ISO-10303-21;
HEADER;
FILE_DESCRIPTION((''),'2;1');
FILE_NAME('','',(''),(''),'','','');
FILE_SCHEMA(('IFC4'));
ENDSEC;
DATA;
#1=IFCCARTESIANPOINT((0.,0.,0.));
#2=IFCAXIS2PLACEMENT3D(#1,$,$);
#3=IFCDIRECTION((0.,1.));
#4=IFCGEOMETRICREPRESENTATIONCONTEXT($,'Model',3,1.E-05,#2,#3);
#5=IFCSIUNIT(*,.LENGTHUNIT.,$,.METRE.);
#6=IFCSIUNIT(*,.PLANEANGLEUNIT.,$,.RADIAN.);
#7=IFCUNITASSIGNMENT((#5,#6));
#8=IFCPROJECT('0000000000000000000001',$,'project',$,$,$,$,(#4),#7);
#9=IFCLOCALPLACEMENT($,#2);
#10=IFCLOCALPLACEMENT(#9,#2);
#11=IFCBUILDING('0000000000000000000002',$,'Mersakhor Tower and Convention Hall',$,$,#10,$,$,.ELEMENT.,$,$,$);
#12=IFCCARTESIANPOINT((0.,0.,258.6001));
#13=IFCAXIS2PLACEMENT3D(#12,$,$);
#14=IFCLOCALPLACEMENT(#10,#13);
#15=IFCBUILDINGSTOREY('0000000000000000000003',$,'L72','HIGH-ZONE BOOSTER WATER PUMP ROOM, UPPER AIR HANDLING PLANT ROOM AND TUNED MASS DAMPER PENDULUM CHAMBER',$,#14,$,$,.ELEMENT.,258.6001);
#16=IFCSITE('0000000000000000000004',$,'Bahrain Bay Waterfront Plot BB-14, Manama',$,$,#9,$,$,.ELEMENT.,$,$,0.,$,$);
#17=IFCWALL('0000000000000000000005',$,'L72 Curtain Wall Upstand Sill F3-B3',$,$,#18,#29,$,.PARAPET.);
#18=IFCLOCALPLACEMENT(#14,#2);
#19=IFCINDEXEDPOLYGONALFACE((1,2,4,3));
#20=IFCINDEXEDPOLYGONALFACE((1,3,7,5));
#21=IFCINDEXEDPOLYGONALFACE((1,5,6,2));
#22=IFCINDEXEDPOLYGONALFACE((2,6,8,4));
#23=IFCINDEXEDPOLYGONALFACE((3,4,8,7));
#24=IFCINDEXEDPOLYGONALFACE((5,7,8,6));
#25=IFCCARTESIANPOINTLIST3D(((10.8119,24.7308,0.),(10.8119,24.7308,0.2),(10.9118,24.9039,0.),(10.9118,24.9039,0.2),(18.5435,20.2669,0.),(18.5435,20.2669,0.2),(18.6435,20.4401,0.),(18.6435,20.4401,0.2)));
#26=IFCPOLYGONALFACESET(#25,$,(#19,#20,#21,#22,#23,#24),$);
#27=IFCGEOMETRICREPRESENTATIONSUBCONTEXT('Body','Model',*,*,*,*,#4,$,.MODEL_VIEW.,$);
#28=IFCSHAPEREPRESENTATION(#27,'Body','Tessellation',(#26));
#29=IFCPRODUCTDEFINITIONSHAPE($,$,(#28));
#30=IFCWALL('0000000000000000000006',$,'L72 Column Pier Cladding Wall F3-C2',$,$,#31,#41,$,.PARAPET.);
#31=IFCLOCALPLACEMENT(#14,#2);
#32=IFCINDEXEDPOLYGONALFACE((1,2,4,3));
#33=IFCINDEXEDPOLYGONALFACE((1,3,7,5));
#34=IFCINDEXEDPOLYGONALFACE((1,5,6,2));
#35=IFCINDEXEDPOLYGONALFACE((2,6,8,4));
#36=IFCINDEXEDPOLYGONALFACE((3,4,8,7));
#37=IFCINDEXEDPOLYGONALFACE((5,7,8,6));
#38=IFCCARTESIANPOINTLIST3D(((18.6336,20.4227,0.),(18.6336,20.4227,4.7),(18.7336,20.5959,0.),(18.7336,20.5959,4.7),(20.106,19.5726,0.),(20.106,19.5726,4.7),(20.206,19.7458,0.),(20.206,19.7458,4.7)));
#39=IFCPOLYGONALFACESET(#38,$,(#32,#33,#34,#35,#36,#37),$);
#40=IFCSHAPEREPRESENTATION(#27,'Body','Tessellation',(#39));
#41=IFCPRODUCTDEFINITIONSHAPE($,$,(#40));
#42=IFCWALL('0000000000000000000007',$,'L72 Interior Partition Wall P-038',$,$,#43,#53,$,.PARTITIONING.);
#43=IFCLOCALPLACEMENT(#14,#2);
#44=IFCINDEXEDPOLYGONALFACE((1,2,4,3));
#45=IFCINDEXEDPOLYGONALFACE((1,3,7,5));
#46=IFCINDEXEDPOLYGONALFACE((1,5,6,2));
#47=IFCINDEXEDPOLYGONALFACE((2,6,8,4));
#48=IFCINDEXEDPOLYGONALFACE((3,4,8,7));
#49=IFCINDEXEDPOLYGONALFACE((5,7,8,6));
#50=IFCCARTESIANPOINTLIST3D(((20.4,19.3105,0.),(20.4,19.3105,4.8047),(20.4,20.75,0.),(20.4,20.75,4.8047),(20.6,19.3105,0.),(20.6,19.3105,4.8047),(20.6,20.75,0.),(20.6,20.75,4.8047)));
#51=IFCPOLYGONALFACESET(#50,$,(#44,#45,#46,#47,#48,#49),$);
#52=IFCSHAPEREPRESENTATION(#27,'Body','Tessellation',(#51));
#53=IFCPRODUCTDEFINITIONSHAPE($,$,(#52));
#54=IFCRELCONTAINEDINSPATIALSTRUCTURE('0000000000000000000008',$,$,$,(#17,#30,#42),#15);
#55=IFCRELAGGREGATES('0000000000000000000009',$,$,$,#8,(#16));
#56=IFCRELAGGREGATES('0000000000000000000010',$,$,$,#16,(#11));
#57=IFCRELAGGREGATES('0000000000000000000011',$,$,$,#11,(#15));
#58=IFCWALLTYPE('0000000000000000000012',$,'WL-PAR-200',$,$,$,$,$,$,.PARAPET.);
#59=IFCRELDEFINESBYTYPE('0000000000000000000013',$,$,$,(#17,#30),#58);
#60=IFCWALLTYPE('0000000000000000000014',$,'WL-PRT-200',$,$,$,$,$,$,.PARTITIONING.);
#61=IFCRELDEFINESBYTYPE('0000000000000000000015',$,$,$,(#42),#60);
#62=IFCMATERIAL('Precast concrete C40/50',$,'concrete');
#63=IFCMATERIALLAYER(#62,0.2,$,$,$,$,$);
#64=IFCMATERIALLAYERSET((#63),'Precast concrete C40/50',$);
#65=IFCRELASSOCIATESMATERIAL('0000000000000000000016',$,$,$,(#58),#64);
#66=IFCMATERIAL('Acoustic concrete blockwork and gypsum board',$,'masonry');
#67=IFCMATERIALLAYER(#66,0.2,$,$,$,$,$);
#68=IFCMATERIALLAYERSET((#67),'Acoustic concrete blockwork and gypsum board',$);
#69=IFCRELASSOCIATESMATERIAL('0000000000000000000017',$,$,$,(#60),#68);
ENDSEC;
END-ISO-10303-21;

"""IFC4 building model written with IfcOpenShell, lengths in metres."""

from ifc_helpers import new_model, si_unit, direction, frame, frame_2d, origin, place, context, subcontext, project, spatial, rectangle, extrude, material, layer, layer_set, type_object, element, save


model = new_model("IFC4")

# Units and contexts
model_context = context("Model", 3, precision=1e-05, world=origin(), true_north=direction((0.0, 1.0)))
body_context = subcontext(model_context, "Body", "Model", "MODEL_VIEW")
ifc_project = project(units=[si_unit("LENGTHUNIT", "METRE"), si_unit("PLANEANGLEUNIT", "RADIAN")], contexts=[model_context])

# Site, building, storey
site_placement = place(None, origin())
site = spatial("IfcSite", under=ifc_project, at=site_placement, Name="Bahrain Bay Waterfront Plot BB-14, Manama", CompositionType="ELEMENT", RefElevation=0.0)
building_placement = place(site_placement, origin())
building = spatial("IfcBuilding", under=site, at=building_placement, Name="Mersakhor Tower and Convention Hall", CompositionType="ELEMENT")
storey_placement = place(building_placement, frame((0.0, 0.0, 258.6001)))
storey = spatial("IfcBuildingStorey", under=building, at=storey_placement, Name="L72", Description="HIGH-ZONE BOOSTER WATER PUMP ROOM, UPPER AIR HANDLING PLANT ROOM AND TUNED MASS DAMPER PENDULUM CHAMBER", CompositionType="ELEMENT", Elevation=258.6001)

# Walls
ifc_material_1 = material(Name="Precast concrete C40/50", Category="concrete")
ifc_layer_1 = layer(ifc_material_1, 0.2)
ifc_layer_set_1 = layer_set([ifc_layer_1], Name="Precast concrete C40/50")
wall_type_1 = type_object("IfcWallType", Name="WL-PAR-200", PredefinedType="PARAPET", material=ifc_layer_set_1)
wall_1_placement = place(storey_placement, frame((18.5935, 20.3535, 0.0), z_axis=(0.0, 0.0, 1.0), x_axis=(-0.866027, 0.499998, 0.0)))
element("IfcWall", 1, at=wall_1_placement, inside=storey, type_object=wall_type_1, Name="L72 Curtain Wall Upstand Sill F3-B3", PredefinedType="PARAPET", context=body_context, shape_type="SweptSolid", body=[
    extrude(rectangle(XDim=8.9277, YDim=0.2, at=frame_2d((4.4639, 0.0))), origin(), (0.0, 0.0, 1.0), 0.2),
])
wall_2_placement = place(storey_placement, frame((20.156, 19.6592, 0.0), z_axis=(0.0, 0.0, 1.0), x_axis=(-0.866025, 0.5, 0.0)))
element("IfcWall", 2, at=wall_2_placement, inside=storey, type_object=wall_type_1, Name="L72 Column Pier Cladding Wall F3-C2", PredefinedType="PARAPET", context=body_context, shape_type="SweptSolid", body=[
    extrude(rectangle(XDim=1.7002, YDim=0.2, at=frame_2d((0.8501, 0.0))), origin(), (0.0, 0.0, 1.0), 4.7),
])
ifc_material_2 = material(Name="Acoustic concrete blockwork and gypsum board", Category="masonry")
ifc_layer_2 = layer(ifc_material_2, 0.2)
ifc_layer_set_2 = layer_set([ifc_layer_2], Name="Acoustic concrete blockwork and gypsum board")
wall_type_2 = type_object("IfcWallType", Name="WL-PRT-200", PredefinedType="PARTITIONING", material=ifc_layer_set_2)
wall_3_placement = place(storey_placement, frame((20.5, 20.75, 0.0), z_axis=(0.0, 0.0, 1.0), x_axis=(0.0, -1.0, 0.0)))
element("IfcWall", 3, at=wall_3_placement, inside=storey, type_object=wall_type_2, Name="L72 Interior Partition Wall P-038", PredefinedType="PARTITIONING", context=body_context, shape_type="SweptSolid", body=[
    extrude(rectangle(XDim=1.4395, YDim=0.2, at=frame_2d((0.7197, 0.0))), origin(), (0.0, 0.0, 1.0), 4.8047),
])

save(model, "model.ifc")
